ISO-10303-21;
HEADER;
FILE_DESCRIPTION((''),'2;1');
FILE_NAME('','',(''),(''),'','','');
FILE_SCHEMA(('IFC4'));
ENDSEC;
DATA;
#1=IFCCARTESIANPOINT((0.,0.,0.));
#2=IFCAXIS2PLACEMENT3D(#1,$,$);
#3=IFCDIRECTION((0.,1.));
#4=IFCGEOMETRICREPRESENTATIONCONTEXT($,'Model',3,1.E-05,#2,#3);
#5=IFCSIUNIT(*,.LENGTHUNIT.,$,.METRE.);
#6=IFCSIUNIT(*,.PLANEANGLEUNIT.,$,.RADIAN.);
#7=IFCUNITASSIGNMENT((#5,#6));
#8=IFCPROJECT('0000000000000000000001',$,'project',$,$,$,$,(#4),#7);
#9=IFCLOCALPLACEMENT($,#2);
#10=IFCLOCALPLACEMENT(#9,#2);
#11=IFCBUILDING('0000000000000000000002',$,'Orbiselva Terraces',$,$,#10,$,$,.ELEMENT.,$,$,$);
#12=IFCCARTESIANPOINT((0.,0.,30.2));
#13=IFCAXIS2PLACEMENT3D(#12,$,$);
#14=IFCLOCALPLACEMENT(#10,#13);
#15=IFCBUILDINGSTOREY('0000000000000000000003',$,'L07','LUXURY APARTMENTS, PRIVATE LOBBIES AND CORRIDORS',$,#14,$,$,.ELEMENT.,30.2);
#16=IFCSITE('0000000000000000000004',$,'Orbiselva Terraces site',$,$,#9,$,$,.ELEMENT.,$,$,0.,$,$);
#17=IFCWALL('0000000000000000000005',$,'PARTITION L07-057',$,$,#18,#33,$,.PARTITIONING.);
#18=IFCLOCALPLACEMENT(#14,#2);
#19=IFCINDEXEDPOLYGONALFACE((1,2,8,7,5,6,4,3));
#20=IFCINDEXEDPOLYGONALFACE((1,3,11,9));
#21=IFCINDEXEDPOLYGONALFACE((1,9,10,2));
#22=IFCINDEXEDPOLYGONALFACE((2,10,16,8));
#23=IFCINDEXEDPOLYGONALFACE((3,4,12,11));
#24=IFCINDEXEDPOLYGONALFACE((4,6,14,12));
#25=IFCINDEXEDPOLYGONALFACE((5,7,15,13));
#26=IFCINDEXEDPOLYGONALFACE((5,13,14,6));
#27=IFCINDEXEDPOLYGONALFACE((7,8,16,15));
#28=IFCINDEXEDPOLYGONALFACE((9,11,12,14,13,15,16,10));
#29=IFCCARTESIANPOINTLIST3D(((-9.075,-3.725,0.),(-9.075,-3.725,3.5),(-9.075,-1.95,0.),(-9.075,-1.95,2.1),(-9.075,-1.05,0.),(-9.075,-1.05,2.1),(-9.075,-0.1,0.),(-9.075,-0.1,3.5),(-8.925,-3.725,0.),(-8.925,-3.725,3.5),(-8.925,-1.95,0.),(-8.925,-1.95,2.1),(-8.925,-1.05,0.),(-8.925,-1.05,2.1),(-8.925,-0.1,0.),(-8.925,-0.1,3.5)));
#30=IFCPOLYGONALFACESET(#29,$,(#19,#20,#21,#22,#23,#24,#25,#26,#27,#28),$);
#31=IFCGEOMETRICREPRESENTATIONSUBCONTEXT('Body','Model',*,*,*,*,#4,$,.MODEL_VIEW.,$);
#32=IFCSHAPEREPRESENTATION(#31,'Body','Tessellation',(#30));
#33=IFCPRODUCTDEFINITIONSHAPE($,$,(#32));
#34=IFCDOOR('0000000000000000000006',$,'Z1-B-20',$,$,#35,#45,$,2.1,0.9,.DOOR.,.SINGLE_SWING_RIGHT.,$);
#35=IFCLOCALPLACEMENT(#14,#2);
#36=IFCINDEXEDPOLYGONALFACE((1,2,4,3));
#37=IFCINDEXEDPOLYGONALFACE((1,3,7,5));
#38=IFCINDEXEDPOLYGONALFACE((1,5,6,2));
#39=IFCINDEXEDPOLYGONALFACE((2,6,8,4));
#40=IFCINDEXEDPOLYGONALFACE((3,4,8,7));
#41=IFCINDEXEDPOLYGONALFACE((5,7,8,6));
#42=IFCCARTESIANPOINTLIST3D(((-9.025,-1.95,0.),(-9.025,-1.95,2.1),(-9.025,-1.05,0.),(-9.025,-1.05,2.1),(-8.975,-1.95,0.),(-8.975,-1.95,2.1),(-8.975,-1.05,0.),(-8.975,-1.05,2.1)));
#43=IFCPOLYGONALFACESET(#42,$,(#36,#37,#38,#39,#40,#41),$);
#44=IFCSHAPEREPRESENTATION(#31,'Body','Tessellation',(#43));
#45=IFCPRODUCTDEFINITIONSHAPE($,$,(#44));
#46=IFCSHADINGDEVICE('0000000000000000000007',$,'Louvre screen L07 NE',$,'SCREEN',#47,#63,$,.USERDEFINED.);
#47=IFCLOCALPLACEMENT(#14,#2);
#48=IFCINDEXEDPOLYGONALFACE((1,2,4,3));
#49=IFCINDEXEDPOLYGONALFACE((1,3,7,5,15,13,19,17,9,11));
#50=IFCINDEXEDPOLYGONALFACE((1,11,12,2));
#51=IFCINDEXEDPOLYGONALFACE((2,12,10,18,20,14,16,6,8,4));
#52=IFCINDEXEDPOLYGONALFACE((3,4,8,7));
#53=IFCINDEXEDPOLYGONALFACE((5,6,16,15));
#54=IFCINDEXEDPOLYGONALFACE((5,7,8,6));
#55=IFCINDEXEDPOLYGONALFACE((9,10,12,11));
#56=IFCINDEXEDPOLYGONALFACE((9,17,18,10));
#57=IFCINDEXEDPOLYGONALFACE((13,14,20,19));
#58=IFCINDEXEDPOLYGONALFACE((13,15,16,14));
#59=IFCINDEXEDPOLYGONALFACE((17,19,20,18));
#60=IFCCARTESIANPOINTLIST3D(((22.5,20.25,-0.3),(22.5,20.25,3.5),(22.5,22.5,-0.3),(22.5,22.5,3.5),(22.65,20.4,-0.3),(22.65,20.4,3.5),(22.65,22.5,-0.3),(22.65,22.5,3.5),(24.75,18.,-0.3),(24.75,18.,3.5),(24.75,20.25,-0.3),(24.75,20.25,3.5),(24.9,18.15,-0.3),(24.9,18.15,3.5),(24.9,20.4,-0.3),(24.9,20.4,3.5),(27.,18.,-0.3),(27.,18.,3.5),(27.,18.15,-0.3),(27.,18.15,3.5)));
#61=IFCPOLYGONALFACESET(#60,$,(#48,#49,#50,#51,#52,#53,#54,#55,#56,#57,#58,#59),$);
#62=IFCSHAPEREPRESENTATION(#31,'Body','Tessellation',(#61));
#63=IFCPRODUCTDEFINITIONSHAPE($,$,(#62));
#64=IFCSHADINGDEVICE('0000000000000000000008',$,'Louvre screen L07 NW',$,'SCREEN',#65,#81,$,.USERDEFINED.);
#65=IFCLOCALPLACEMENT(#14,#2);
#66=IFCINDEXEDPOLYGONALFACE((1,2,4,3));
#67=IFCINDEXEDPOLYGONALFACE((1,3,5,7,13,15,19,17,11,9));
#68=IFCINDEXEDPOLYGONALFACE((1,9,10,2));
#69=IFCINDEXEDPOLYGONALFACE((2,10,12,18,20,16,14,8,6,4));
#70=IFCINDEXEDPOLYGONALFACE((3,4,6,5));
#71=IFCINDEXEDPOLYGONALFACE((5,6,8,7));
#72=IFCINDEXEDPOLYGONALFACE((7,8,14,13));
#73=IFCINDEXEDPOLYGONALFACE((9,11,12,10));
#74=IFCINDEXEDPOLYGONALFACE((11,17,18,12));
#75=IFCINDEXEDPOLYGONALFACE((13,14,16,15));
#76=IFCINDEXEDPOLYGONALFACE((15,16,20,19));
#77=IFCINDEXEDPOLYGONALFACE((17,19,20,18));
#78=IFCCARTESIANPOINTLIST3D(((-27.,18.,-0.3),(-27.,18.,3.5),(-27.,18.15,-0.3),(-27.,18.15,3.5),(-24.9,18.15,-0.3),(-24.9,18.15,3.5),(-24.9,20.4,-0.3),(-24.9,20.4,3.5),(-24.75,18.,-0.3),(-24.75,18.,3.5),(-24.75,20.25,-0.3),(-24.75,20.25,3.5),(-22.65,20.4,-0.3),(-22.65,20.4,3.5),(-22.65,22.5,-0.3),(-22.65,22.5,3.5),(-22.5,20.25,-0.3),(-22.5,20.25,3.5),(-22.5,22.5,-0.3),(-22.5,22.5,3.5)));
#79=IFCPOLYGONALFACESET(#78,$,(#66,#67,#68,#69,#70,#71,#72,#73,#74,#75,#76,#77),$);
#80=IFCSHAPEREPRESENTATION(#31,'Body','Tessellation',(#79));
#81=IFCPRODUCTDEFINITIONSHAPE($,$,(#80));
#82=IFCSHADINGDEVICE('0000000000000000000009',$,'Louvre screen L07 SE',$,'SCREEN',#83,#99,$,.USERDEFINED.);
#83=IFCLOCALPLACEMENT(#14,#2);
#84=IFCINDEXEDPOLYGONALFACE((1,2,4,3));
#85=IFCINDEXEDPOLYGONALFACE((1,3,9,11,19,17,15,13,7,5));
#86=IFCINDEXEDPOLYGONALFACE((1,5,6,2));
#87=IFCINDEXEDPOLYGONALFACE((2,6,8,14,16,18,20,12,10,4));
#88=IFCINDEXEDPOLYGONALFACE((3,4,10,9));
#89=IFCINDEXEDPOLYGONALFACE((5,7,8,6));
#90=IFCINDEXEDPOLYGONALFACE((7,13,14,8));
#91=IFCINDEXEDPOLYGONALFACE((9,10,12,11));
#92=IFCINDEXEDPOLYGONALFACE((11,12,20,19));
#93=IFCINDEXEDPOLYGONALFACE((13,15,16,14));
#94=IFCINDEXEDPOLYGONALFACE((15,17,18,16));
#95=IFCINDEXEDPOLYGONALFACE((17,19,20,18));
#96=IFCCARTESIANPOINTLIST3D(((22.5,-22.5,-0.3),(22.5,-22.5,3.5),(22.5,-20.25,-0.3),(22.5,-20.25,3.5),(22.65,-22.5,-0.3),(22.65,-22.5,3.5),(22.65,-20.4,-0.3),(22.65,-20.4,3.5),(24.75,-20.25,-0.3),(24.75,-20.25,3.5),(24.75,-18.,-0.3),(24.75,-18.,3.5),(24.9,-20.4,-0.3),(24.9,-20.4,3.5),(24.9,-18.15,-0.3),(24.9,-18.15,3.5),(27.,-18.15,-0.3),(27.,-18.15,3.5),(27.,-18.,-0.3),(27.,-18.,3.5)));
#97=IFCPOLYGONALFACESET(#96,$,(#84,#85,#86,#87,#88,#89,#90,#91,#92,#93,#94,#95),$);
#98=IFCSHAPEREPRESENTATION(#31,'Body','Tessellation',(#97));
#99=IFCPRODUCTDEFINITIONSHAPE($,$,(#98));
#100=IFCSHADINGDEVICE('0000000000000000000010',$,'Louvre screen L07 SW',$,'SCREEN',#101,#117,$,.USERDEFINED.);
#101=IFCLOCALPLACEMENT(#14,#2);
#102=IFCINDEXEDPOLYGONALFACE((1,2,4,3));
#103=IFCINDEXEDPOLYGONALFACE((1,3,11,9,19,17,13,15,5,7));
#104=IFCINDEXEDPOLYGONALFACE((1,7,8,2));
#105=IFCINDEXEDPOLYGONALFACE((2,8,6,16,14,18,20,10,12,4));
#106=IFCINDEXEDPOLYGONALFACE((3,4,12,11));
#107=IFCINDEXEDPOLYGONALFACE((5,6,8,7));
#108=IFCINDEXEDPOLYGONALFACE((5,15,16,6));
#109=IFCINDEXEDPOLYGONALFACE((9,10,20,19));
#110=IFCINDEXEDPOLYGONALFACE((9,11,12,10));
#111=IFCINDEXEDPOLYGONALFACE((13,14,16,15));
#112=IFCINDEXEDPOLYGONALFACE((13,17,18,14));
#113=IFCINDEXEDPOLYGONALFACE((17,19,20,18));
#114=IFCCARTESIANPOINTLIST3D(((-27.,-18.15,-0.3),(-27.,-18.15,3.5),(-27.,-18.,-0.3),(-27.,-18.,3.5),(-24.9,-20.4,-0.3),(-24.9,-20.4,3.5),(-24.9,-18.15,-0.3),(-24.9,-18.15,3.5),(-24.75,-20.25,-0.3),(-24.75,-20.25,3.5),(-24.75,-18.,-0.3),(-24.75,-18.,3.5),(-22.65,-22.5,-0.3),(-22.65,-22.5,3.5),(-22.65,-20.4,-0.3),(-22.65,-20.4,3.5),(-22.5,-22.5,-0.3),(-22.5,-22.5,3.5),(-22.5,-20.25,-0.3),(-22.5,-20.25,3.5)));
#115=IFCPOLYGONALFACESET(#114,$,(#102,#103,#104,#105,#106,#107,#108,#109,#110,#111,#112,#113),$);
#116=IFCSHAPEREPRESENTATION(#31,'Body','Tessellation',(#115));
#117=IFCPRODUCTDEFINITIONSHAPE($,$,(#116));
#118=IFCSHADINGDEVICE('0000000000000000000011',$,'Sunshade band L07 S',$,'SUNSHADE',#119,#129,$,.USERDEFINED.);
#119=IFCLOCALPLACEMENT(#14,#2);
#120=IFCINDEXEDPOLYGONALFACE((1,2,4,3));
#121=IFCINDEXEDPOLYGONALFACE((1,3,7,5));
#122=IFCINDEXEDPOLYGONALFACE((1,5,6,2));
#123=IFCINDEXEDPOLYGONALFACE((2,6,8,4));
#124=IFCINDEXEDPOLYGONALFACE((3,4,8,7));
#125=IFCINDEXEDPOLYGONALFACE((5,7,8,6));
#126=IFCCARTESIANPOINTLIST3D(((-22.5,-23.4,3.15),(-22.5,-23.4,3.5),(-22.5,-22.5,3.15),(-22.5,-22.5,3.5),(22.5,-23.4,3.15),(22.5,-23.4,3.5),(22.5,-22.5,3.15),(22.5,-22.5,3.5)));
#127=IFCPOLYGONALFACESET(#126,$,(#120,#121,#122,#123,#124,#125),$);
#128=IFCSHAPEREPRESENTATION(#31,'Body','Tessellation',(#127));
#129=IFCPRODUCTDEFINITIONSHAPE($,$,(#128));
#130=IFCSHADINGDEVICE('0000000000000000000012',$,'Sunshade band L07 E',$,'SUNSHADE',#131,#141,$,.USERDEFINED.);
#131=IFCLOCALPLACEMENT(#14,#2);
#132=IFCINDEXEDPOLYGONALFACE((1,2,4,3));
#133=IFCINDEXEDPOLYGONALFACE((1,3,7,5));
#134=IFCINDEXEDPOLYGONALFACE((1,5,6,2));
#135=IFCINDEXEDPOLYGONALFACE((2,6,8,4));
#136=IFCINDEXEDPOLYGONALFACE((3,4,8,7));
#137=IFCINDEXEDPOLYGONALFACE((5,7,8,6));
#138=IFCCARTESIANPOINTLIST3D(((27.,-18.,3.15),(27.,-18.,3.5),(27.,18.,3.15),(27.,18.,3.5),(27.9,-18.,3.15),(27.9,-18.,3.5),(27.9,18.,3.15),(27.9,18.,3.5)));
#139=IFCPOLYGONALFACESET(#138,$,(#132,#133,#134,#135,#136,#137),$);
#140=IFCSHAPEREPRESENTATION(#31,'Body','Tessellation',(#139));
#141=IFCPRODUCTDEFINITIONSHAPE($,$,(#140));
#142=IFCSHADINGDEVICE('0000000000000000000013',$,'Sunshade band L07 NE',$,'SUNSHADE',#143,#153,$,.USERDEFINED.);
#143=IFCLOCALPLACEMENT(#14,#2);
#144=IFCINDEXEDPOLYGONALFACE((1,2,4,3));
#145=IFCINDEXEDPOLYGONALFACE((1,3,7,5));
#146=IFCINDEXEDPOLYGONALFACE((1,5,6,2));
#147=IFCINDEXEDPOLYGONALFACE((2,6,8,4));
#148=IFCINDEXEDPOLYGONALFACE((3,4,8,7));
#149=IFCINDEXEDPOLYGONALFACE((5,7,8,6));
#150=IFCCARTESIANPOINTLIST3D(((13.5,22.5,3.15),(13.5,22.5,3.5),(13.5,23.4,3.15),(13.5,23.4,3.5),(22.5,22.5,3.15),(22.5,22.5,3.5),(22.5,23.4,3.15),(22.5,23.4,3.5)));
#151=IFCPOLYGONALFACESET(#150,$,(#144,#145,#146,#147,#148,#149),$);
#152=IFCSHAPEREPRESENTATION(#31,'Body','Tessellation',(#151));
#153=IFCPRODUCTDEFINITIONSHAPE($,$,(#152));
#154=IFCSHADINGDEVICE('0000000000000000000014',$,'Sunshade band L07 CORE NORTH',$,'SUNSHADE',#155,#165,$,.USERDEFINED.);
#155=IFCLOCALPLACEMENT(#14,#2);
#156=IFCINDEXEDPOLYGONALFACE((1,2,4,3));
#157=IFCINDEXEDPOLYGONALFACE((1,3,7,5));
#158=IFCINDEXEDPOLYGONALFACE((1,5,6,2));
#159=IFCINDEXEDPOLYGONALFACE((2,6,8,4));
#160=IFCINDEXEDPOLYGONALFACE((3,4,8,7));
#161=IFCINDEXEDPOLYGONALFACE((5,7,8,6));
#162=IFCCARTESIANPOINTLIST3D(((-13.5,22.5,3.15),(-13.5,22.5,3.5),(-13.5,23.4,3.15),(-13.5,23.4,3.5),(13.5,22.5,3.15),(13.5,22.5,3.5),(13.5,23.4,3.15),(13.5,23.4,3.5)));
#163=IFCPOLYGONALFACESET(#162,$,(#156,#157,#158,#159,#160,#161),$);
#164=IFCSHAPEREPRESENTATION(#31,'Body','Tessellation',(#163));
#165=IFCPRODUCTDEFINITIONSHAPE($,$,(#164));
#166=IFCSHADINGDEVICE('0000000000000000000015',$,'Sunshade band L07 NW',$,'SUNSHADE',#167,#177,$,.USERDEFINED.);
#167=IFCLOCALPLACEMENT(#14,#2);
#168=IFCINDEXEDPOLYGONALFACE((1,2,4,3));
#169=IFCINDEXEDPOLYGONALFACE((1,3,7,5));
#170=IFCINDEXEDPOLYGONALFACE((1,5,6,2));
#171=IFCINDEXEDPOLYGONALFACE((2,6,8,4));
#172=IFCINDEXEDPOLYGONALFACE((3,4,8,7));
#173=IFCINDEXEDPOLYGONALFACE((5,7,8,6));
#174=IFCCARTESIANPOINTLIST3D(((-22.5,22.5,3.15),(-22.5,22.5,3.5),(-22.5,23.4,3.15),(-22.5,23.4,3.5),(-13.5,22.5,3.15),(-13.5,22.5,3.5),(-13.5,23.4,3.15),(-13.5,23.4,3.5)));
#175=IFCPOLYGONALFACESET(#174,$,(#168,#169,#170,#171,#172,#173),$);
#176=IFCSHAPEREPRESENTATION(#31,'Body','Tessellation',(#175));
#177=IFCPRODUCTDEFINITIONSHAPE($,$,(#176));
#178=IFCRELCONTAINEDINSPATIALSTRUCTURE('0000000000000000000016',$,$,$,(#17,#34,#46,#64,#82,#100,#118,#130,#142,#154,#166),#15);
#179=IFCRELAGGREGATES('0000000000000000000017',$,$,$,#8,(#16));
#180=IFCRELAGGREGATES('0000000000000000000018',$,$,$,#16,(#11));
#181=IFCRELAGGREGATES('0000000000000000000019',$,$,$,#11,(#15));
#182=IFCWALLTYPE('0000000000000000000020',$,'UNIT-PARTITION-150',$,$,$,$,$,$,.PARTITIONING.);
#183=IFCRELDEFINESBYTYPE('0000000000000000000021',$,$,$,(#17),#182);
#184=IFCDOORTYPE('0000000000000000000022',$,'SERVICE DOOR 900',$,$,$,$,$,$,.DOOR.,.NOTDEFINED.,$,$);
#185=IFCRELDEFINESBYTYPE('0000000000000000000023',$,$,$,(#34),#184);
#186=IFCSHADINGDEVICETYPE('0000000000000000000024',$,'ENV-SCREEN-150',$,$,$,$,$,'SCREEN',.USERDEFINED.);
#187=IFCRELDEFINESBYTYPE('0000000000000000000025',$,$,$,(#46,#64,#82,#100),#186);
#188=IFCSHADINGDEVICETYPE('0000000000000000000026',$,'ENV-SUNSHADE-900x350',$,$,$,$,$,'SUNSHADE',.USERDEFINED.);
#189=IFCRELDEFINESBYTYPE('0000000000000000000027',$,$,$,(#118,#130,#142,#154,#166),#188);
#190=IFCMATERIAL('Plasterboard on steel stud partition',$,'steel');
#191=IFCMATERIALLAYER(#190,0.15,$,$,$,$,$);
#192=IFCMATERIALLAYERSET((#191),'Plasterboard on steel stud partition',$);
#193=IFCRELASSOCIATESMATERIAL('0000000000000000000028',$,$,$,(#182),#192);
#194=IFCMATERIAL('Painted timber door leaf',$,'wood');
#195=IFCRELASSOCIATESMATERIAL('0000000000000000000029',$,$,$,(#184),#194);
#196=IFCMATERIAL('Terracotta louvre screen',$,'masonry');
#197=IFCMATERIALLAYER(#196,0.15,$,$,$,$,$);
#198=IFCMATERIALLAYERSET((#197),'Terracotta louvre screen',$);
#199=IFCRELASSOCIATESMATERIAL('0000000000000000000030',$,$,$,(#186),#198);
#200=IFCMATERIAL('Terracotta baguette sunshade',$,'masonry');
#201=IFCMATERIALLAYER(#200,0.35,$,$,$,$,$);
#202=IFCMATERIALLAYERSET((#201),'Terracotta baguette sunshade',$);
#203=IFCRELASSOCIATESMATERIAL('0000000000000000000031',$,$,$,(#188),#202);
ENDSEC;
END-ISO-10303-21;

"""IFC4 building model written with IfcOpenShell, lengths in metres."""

from ifc_helpers import new_model, si_unit, direction, frame, frame_2d, origin, place, context, subcontext, project, spatial, polyline, rectangle, outline, extrude, material, layer, layer_set, type_object, element, fill, save


model = new_model("IFC4")

# Units and contexts
model_context = context("Model", 3, precision=1e-05, world=origin(), true_north=direction((0.0, 1.0)))
body_context = subcontext(model_context, "Body", "Model", "MODEL_VIEW")
ifc_project = project(units=[si_unit("LENGTHUNIT", "METRE"), si_unit("PLANEANGLEUNIT", "RADIAN")], contexts=[model_context])

# Site, building, storey
site_placement = place(None, origin())
site = spatial("IfcSite", under=ifc_project, at=site_placement, Name="Orbiselva Terraces site", CompositionType="ELEMENT", RefElevation=0.0)
building_placement = place(site_placement, origin())
building = spatial("IfcBuilding", under=site, at=building_placement, Name="Orbiselva Terraces", CompositionType="ELEMENT")
storey_placement = place(building_placement, frame((0.0, 0.0, 30.2)))
storey = spatial("IfcBuildingStorey", under=building, at=storey_placement, Name="L07", Description="LUXURY APARTMENTS, PRIVATE LOBBIES AND CORRIDORS", CompositionType="ELEMENT", Elevation=30.2)

# Shared definitions
ifc_material_1 = material(Name="Plasterboard on steel stud partition", Category="steel")
ifc_layer_1 = layer(ifc_material_1, 0.15)
ifc_layer_set_1 = layer_set([ifc_layer_1], Name="Plasterboard on steel stud partition")
wall_type = type_object("IfcWallType", Name="UNIT-PARTITION-150", PredefinedType="PARTITIONING", material=ifc_layer_set_1)

# Wall, opening, door
ifc_material_2 = material(Name="Painted timber door leaf", Category="wood")
wall_1_placement = place(storey_placement, frame((-9.0, -3.725, 0.0), z_axis=(0.0, 0.0, 1.0), x_axis=(0.0, 1.0, 0.0)))
wall_1 = element("IfcWall", 1, at=wall_1_placement, inside=storey, type_object=wall_type, Name="PARTITION L07-057", PredefinedType="PARTITIONING", context=body_context, shape_type="SweptSolid", body=[
    extrude(rectangle(XDim=3.625, YDim=0.15, at=frame_2d((1.8125, 0.0))), origin(), (0.0, 0.0, 1.0), 3.5),
])
opening_1_placement = place(wall_1_placement, frame((1.775, 0.0, 0.0)))
opening_1 = element("IfcOpeningElement", 2, at=opening_1_placement, cuts=wall_1, PredefinedType="OPENING", context=body_context, shape_type="SweptSolid", body=[
    extrude(rectangle(XDim=0.9, YDim=2.1, at=frame_2d((0.45, 1.05))), frame((0.0, 0.085, 0.0), z_axis=(0.0, -1.0, 0.0), x_axis=(1.0, 0.0, 0.0)), (0.0, 0.0, 1.0), 0.17),
])
door_type_1 = type_object("IfcDoorType", Name="SERVICE DOOR 900", OperationType="NOTDEFINED", PredefinedType="DOOR", material=ifc_material_2)
door_1_placement = place(opening_1_placement, origin())
door_1 = element("IfcDoor", 3, at=door_1_placement, inside=storey, type_object=door_type_1, Name="Z1-B-20", OperationType="SINGLE_SWING_RIGHT", OverallHeight=2.1, OverallWidth=0.9, PredefinedType="DOOR", context=body_context, shape_type="SweptSolid", body=[
    extrude(rectangle(XDim=0.9, YDim=2.1, at=frame_2d((0.45, 1.05))), frame((0.0, 0.025, 0.0), z_axis=(0.0, -1.0, 0.0), x_axis=(1.0, 0.0, 0.0)), (0.0, 0.0, 1.0), 0.05),
])
fill(opening_1, door_1)

# Shading devices
ifc_material_3 = material(Name="Terracotta louvre screen", Category="masonry")
ifc_layer_2 = layer(ifc_material_3, 0.15)
ifc_layer_set_2 = layer_set([ifc_layer_2], Name="Terracotta louvre screen")
shading_device_type_1 = type_object("IfcShadingDeviceType", Name="ENV-SCREEN-150", ElementType="SCREEN", PredefinedType="USERDEFINED", material=ifc_layer_set_2)
shading_device_1_placement = place(storey_placement, frame((0.0, 0.0, -0.3)))
element("IfcShadingDevice", 4, at=shading_device_1_placement, inside=storey, type_object=shading_device_type_1, Name="Louvre screen L07 NE", ObjectType="SCREEN", PredefinedType="USERDEFINED", context=body_context, shape_type="SweptSolid", body=[
    extrude(outline(polyline([(27.0, 18.15), (24.9, 18.15), (24.9, 20.4), (22.65, 20.4), (22.65, 22.5), (22.5, 22.5), (22.5, 20.25), (24.75, 20.25), (24.75, 18.0), (27.0, 18.0), (27.0, 18.15)])), origin(), (0.0, 0.0, 1.0), 3.8),
])
shading_device_2_placement = place(storey_placement, frame((0.0, 0.0, -0.3)))
element("IfcShadingDevice", 5, at=shading_device_2_placement, inside=storey, type_object=shading_device_type_1, Name="Louvre screen L07 NW", ObjectType="SCREEN", PredefinedType="USERDEFINED", context=body_context, shape_type="SweptSolid", body=[
    extrude(outline(polyline([(-22.65, 22.5), (-22.65, 20.4), (-24.9, 20.4), (-24.9, 18.15), (-27.0, 18.15), (-27.0, 18.0), (-24.75, 18.0), (-24.75, 20.25), (-22.5, 20.25), (-22.5, 22.5), (-22.65, 22.5)])), origin(), (0.0, 0.0, 1.0), 3.8),
])
shading_device_3_placement = place(storey_placement, frame((0.0, 0.0, -0.3)))
element("IfcShadingDevice", 6, at=shading_device_3_placement, inside=storey, type_object=shading_device_type_1, Name="Louvre screen L07 SE", ObjectType="SCREEN", PredefinedType="USERDEFINED", context=body_context, shape_type="SweptSolid", body=[
    extrude(outline(polyline([(22.65, -22.5), (22.65, -20.4), (24.9, -20.4), (24.9, -18.15), (27.0, -18.15), (27.0, -18.0), (24.75, -18.0), (24.75, -20.25), (22.5, -20.25), (22.5, -22.5), (22.65, -22.5)])), origin(), (0.0, 0.0, 1.0), 3.8),
])
shading_device_4_placement = place(storey_placement, frame((0.0, 0.0, -0.3)))
element("IfcShadingDevice", 7, at=shading_device_4_placement, inside=storey, type_object=shading_device_type_1, Name="Louvre screen L07 SW", ObjectType="SCREEN", PredefinedType="USERDEFINED", context=body_context, shape_type="SweptSolid", body=[
    extrude(outline(polyline([(-27.0, -18.15), (-24.9, -18.15), (-24.9, -20.4), (-22.65, -20.4), (-22.65, -22.5), (-22.5, -22.5), (-22.5, -20.25), (-24.75, -20.25), (-24.75, -18.0), (-27.0, -18.0), (-27.0, -18.15)])), origin(), (0.0, 0.0, 1.0), 3.8),
])
ifc_material_4 = material(Name="Terracotta baguette sunshade", Category="masonry")
ifc_layer_3 = layer(ifc_material_4, 0.35)
ifc_layer_set_3 = layer_set([ifc_layer_3], Name="Terracotta baguette sunshade")
shading_device_type_2 = type_object("IfcShadingDeviceType", Name="ENV-SUNSHADE-900x350", ElementType="SUNSHADE", PredefinedType="USERDEFINED", material=ifc_layer_set_3)
shading_device_5_placement = place(storey_placement, frame((0.0, 0.0, 3.15)))
element("IfcShadingDevice", 8, at=shading_device_5_placement, inside=storey, type_object=shading_device_type_2, Name="Sunshade band L07 S", ObjectType="SUNSHADE", PredefinedType="USERDEFINED", context=body_context, shape_type="SweptSolid", body=[
    extrude(outline(polyline([(-22.5, -23.4), (22.5, -23.4), (22.5, -22.5), (-22.5, -22.5), (-22.5, -23.4)])), origin(), (0.0, 0.0, 1.0), 0.35),
])
shading_device_6_placement = place(storey_placement, frame((0.0, 0.0, 3.15)))
element("IfcShadingDevice", 9, at=shading_device_6_placement, inside=storey, type_object=shading_device_type_2, Name="Sunshade band L07 E", ObjectType="SUNSHADE", PredefinedType="USERDEFINED", context=body_context, shape_type="SweptSolid", body=[
    extrude(outline(polyline([(27.9, -18.0), (27.9, 18.0), (27.0, 18.0), (27.0, -18.0), (27.9, -18.0)])), origin(), (0.0, 0.0, 1.0), 0.35),
])
shading_device_7_placement = place(storey_placement, frame((0.0, 0.0, 3.15)))
element("IfcShadingDevice", 10, at=shading_device_7_placement, inside=storey, type_object=shading_device_type_2, Name="Sunshade band L07 NE", ObjectType="SUNSHADE", PredefinedType="USERDEFINED", context=body_context, shape_type="SweptSolid", body=[
    extrude(outline(polyline([(22.5, 23.4), (13.5, 23.4), (13.5, 22.5), (22.5, 22.5), (22.5, 23.4)])), origin(), (0.0, 0.0, 1.0), 0.35),
])
shading_device_8_placement = place(storey_placement, frame((0.0, 0.0, 3.15)))
element("IfcShadingDevice", 11, at=shading_device_8_placement, inside=storey, type_object=shading_device_type_2, Name="Sunshade band L07 CORE NORTH", ObjectType="SUNSHADE", PredefinedType="USERDEFINED", context=body_context, shape_type="SweptSolid", body=[
    extrude(outline(polyline([(13.5, 23.4), (-13.5, 23.4), (-13.5, 22.5), (13.5, 22.5), (13.5, 23.4)])), origin(), (0.0, 0.0, 1.0), 0.35),
])
shading_device_9_placement = place(storey_placement, frame((0.0, 0.0, 3.15)))
element("IfcShadingDevice", 12, at=shading_device_9_placement, inside=storey, type_object=shading_device_type_2, Name="Sunshade band L07 NW", ObjectType="SUNSHADE", PredefinedType="USERDEFINED", context=body_context, shape_type="SweptSolid", body=[
    extrude(outline(polyline([(-13.5, 23.4), (-22.5, 23.4), (-22.5, 22.5), (-13.5, 22.5), (-13.5, 23.4)])), origin(), (0.0, 0.0, 1.0), 0.35),
])

save(model, "model.ifc")
